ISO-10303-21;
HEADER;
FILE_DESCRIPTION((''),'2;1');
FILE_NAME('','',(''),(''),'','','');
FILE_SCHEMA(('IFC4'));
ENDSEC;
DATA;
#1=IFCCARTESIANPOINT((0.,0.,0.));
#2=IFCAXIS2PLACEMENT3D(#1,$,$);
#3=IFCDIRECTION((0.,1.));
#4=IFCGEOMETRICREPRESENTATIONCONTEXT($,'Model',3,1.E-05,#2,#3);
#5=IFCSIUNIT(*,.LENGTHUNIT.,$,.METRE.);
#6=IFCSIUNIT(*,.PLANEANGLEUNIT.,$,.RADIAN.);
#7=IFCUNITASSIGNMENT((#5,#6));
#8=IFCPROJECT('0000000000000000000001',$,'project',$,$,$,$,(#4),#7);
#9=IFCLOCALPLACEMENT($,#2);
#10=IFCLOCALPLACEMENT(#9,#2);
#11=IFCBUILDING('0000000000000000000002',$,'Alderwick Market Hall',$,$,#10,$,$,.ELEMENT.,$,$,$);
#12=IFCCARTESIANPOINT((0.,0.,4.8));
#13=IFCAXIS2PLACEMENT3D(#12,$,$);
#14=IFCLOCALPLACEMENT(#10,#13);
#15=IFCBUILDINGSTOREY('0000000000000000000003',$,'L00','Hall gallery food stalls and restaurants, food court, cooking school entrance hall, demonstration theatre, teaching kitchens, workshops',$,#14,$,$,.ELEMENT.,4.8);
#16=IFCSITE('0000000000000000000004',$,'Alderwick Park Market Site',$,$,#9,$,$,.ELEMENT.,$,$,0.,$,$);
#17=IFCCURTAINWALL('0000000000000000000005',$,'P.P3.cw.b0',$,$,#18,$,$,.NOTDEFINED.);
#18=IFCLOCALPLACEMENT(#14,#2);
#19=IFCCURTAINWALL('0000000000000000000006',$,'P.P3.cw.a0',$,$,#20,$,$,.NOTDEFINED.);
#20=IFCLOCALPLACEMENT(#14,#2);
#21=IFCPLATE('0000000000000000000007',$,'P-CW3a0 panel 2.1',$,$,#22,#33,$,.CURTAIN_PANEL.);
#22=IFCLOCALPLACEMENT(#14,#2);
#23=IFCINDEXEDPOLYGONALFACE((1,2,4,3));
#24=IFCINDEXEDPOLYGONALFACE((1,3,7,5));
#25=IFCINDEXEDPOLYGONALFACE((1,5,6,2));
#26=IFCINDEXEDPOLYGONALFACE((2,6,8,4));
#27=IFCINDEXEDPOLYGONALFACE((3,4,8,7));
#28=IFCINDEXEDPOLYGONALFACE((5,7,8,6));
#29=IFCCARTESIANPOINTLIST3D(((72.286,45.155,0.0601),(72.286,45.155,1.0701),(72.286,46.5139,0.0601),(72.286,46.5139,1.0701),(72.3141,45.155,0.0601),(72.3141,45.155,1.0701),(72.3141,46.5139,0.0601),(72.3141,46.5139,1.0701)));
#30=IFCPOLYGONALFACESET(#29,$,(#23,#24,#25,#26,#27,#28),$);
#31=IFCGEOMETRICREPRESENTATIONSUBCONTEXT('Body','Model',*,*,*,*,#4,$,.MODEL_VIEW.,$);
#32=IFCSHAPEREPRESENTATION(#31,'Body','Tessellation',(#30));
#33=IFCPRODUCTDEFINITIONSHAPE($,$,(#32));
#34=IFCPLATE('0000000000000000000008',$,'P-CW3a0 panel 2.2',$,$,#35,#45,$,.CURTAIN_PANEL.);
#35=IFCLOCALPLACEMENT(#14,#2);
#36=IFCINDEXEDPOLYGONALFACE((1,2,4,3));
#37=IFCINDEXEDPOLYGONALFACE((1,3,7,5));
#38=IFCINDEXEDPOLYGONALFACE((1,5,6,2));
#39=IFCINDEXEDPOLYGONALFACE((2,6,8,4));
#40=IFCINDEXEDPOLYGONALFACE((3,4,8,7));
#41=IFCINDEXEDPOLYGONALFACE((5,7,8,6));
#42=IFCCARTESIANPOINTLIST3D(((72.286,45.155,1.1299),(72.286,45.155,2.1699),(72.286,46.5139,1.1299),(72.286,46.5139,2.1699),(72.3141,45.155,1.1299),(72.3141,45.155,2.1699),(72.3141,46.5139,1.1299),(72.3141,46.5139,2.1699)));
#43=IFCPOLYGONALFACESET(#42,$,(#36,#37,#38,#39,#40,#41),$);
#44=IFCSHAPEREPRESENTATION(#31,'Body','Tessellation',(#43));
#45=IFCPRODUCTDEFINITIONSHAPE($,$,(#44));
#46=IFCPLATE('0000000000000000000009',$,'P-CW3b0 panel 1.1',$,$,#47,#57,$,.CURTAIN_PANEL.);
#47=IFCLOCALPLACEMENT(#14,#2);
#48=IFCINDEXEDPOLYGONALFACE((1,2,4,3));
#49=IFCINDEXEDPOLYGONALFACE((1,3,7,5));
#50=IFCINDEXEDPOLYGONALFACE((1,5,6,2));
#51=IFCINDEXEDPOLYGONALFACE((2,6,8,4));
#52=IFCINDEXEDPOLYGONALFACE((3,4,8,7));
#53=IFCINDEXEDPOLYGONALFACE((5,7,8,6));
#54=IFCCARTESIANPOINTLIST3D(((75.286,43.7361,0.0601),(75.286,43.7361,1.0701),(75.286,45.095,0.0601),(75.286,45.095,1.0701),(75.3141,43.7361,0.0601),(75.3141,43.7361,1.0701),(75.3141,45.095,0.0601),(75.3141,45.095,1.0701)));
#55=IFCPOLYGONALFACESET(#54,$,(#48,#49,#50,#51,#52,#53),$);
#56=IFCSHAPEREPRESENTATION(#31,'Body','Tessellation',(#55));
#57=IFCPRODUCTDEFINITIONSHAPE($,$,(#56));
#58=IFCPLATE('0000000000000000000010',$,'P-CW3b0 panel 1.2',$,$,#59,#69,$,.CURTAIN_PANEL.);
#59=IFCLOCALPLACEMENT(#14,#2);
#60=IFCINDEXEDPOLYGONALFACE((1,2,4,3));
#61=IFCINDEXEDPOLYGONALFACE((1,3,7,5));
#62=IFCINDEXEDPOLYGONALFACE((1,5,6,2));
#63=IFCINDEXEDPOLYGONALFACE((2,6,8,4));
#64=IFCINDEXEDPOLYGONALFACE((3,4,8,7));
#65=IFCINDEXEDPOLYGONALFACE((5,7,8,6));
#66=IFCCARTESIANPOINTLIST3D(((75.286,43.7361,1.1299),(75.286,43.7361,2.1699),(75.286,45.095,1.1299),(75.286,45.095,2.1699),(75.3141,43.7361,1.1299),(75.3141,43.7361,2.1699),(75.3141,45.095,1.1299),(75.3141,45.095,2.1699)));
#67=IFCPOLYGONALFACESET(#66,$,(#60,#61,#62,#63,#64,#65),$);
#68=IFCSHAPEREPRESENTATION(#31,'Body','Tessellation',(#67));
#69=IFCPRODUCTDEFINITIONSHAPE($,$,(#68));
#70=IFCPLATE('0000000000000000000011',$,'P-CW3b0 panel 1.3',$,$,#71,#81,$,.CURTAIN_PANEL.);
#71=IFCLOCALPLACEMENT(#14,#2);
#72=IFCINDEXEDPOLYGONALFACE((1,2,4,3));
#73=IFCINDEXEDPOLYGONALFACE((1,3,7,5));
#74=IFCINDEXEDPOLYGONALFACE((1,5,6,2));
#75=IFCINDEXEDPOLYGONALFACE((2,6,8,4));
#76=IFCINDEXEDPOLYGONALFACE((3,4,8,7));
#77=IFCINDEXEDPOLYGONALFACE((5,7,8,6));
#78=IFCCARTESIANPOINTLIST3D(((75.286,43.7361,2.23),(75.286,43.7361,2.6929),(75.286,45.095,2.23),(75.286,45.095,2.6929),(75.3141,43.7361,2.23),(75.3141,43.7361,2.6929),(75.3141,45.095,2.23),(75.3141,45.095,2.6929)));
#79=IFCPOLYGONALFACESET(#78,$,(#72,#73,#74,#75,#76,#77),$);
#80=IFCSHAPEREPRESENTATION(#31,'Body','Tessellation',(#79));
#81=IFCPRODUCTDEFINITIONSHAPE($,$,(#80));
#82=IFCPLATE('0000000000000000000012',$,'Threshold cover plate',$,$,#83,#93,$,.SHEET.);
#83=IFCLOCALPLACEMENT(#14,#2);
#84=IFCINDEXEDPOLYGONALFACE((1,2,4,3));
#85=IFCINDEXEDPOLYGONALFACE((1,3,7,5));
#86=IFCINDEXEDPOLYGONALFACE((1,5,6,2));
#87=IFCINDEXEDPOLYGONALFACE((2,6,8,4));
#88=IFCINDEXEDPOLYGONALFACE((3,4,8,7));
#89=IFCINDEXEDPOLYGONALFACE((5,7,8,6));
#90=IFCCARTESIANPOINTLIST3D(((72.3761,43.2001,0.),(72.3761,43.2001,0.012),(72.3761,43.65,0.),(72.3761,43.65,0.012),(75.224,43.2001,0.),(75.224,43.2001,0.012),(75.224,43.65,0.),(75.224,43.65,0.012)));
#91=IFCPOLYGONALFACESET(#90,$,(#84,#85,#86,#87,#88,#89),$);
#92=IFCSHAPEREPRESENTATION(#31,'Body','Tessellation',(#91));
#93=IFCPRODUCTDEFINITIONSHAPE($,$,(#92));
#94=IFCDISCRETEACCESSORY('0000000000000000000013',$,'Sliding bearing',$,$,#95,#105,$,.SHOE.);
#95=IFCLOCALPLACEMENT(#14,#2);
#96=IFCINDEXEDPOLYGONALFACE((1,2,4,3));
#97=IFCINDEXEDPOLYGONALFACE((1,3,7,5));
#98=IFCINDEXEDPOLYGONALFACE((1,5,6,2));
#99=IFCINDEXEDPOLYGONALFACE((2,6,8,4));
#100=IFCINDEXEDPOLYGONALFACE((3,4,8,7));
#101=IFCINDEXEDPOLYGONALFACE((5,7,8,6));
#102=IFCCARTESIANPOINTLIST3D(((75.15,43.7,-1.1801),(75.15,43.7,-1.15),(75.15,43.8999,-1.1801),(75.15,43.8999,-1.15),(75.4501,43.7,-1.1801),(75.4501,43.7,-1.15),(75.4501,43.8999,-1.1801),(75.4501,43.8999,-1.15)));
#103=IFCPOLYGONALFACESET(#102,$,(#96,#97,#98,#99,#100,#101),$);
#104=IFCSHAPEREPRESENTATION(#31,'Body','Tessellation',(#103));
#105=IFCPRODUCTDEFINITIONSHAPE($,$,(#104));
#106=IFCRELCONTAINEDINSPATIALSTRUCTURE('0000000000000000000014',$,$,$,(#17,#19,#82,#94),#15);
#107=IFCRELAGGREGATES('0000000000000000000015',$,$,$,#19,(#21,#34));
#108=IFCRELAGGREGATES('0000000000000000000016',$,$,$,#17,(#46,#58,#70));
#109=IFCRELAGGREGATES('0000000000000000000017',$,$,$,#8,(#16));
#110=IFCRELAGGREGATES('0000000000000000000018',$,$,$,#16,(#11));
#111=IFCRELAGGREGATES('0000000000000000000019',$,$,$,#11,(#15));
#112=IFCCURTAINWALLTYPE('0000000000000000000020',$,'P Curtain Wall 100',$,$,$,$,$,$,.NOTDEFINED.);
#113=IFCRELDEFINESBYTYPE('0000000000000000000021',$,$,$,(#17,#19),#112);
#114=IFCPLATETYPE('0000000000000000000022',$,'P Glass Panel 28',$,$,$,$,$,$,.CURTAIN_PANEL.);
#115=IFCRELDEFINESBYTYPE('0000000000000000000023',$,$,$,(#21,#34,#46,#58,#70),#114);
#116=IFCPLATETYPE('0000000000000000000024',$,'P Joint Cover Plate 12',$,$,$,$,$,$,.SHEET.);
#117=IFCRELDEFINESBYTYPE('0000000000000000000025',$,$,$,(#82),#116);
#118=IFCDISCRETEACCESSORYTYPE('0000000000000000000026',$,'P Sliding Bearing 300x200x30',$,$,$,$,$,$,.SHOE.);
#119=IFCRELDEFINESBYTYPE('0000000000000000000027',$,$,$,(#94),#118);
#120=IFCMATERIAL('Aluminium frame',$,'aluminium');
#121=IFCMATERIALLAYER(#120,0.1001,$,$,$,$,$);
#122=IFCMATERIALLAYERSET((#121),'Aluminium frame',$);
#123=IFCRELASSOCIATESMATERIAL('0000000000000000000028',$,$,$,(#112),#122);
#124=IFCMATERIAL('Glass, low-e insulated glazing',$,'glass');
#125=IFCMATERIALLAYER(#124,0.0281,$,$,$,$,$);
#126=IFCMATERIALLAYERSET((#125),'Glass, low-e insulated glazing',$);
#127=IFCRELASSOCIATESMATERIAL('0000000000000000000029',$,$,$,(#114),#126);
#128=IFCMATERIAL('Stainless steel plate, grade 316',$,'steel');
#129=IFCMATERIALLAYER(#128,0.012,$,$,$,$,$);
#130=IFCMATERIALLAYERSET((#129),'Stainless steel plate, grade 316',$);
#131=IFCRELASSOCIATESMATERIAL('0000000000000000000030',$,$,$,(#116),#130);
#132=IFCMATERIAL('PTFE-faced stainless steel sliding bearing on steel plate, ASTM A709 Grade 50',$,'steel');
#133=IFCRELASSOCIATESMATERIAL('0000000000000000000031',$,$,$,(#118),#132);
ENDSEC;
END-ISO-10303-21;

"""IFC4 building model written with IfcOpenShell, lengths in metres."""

from ifc_helpers import new_model, si_unit, direction, frame, origin, origin_2d, place, context, subcontext, project, spatial, rectangle, extrude, material, layer, layer_set, material_profile, profile_set, type_object, element, aggregate, save


model = new_model("IFC4")

# Units and contexts
model_context = context("Model", 3, precision=1e-05, world=origin(), true_north=direction((0.0, 1.0)))
body_context = subcontext(model_context, "Body", "Model", "MODEL_VIEW")
ifc_project = project(units=[si_unit("LENGTHUNIT", "METRE"), si_unit("PLANEANGLEUNIT", "RADIAN")], contexts=[model_context])

# Site, building, storey
site_placement = place(None, origin())
site = spatial("IfcSite", under=ifc_project, at=site_placement, Name="Alderwick Park Market Site", CompositionType="ELEMENT", RefElevation=0.0)
building_placement = place(site_placement, origin())
building = spatial("IfcBuilding", under=site, at=building_placement, Name="Alderwick Market Hall", CompositionType="ELEMENT")
storey_placement = place(building_placement, frame((0.0, 0.0, 4.8)))
storey = spatial("IfcBuildingStorey", under=building, at=storey_placement, Name="L00", Description="Hall gallery food stalls and restaurants, food court, cooking school entrance hall, demonstration theatre, teaching kitchens, workshops", CompositionType="ELEMENT", Elevation=4.8)

# Curtain wall
ifc_material_1 = material(Name="Aluminium frame", Category="aluminium")
ifc_layer_1 = layer(ifc_material_1, 0.1001)
ifc_layer_set_1 = layer_set([ifc_layer_1], Name="Aluminium frame")
curtain_wall_type = type_object("IfcCurtainWallType", Name="P Curtain Wall 100", PredefinedType="NOTDEFINED", material=ifc_layer_set_1)
curtain_wall_1_placement = place(storey_placement, origin())
curtain_wall_1 = element("IfcCurtainWall", 1, at=curtain_wall_1_placement, inside=storey, type_object=curtain_wall_type, Name="P.P3.cw.b0", PredefinedType="NOTDEFINED")

# Curtain wall
curtain_wall_2_placement = place(storey_placement, origin())
curtain_wall_2 = element("IfcCurtainWall", 2, at=curtain_wall_2_placement, inside=storey, type_object=curtain_wall_type, Name="P.P3.cw.a0", PredefinedType="NOTDEFINED")

# Plates
ifc_material_2 = material(Name="Glass, low-e insulated glazing", Category="glass")
ifc_layer_2 = layer(ifc_material_2, 0.0281)
ifc_layer_set_2 = layer_set([ifc_layer_2], Name="Glass, low-e insulated glazing")
plate_type_1 = type_object("IfcPlateType", Name="P Glass Panel 28", PredefinedType="CURTAIN_PANEL", material=ifc_layer_set_2)
plate_1_placement = place(storey_placement, frame((72.3, 45.8345, 0.0601), z_axis=(0.0, 0.0, 1.0), x_axis=(0.0, 1.0, 0.0)))
plate_1 = element("IfcPlate", 3, at=plate_1_placement, type_object=plate_type_1, Name="P-CW3a0 panel 2.1", PredefinedType="CURTAIN_PANEL", context=body_context, shape_type="SweptSolid", body=[
    extrude(rectangle(XDim=1.3589, YDim=0.0281, at=origin_2d()), origin(), (0.0, 0.0, 1.0), 1.01),
])
plate_2_placement = place(storey_placement, frame((72.3, 45.8345, 1.1299), z_axis=(0.0, 0.0, 1.0), x_axis=(0.0, 1.0, 0.0)))
plate_2 = element("IfcPlate", 4, at=plate_2_placement, type_object=plate_type_1, Name="P-CW3a0 panel 2.2", PredefinedType="CURTAIN_PANEL", context=body_context, shape_type="SweptSolid", body=[
    extrude(rectangle(XDim=1.3589, YDim=0.0281, at=origin_2d()), origin(), (0.0, 0.0, 1.0), 1.04),
])
aggregate(curtain_wall_2, [plate_1, plate_2])
plate_3_placement = place(storey_placement, frame((75.3, 44.4155, 0.0601), z_axis=(0.0, 0.0, 1.0), x_axis=(0.0, 1.0, 0.0)))
plate_3 = element("IfcPlate", 5, at=plate_3_placement, type_object=plate_type_1, Name="P-CW3b0 panel 1.1", PredefinedType="CURTAIN_PANEL", context=body_context, shape_type="SweptSolid", body=[
    extrude(rectangle(XDim=1.3589, YDim=0.0281, at=origin_2d()), origin(), (0.0, 0.0, 1.0), 1.01),
])
plate_4_placement = place(storey_placement, frame((75.3, 44.4155, 1.1299), z_axis=(0.0, 0.0, 1.0), x_axis=(0.0, 1.0, 0.0)))
plate_4 = element("IfcPlate", 6, at=plate_4_placement, type_object=plate_type_1, Name="P-CW3b0 panel 1.2", PredefinedType="CURTAIN_PANEL", context=body_context, shape_type="SweptSolid", body=[
    extrude(rectangle(XDim=1.3589, YDim=0.0281, at=origin_2d()), origin(), (0.0, 0.0, 1.0), 1.04),
])
plate_5_placement = place(storey_placement, frame((75.3, 44.4155, 2.23), z_axis=(0.0, 0.0, 1.0), x_axis=(0.0, 1.0, 0.0)))
plate_5 = element("IfcPlate", 7, at=plate_5_placement, type_object=plate_type_1, Name="P-CW3b0 panel 1.3", PredefinedType="CURTAIN_PANEL", context=body_context, shape_type="SweptSolid", body=[
    extrude(rectangle(XDim=1.3589, YDim=0.0281, at=origin_2d()), origin(), (0.0, 0.0, 1.0), 0.4629),
])
aggregate(curtain_wall_1, [plate_3, plate_4, plate_5])
ifc_material_3 = material(Name="Stainless steel plate, grade 316", Category="steel")
ifc_layer_3 = layer(ifc_material_3, 0.012)
ifc_layer_set_3 = layer_set([ifc_layer_3], Name="Stainless steel plate, grade 316")
plate_type_2 = type_object("IfcPlateType", Name="P Joint Cover Plate 12", PredefinedType="SHEET", material=ifc_layer_set_3)
plate_6_placement = place(storey_placement, frame((73.8, 43.425, 0.0), z_axis=(0.0, 0.0, 1.0), x_axis=(1.0, 0.0, 0.0)))
element("IfcPlate", 8, at=plate_6_placement, inside=storey, type_object=plate_type_2, Name="Threshold cover plate", PredefinedType="SHEET", context=body_context, shape_type="SweptSolid", body=[
    extrude(rectangle(XDim=2.8479, YDim=0.45, at=origin_2d()), origin(), (0.0, 0.0, 1.0), 0.012),
])

# Discrete accessory
ifc_material_4 = material(Name="PTFE-faced stainless steel sliding bearing on steel plate, ASTM A709 Grade 50", Category="steel")
ifc_material_profile_1 = material_profile(ifc_material_4, rectangle(XDim=0.3, YDim=0.03, at=origin_2d()), Name="P Sliding Bearing 300x200x30")
ifc_profile_set_1 = profile_set([ifc_material_profile_1], Name="PTFE-faced stainless steel sliding bearing on steel plate, ASTM A709 Grade 50")
discrete_accessory_type = type_object("IfcDiscreteAccessoryType", Name="P Sliding Bearing 300x200x30", PredefinedType="SHOE", material=ifc_profile_set_1)
discrete_accessory_placement = place(storey_placement, frame((75.3, 43.8999, -1.165), z_axis=(0.0, -1.0, 0.0), x_axis=(1.0, 0.0, 0.0)))
element("IfcDiscreteAccessory", 9, at=discrete_accessory_placement, inside=storey, type_object=discrete_accessory_type, Name="Sliding bearing", PredefinedType="SHOE", context=body_context, shape_type="SweptSolid", body=[
    extrude(rectangle(XDim=0.3, YDim=0.03, at=origin_2d()), origin(), (0.0, 0.0, 1.0), 0.2),
])

save(model, "model.ifc")
